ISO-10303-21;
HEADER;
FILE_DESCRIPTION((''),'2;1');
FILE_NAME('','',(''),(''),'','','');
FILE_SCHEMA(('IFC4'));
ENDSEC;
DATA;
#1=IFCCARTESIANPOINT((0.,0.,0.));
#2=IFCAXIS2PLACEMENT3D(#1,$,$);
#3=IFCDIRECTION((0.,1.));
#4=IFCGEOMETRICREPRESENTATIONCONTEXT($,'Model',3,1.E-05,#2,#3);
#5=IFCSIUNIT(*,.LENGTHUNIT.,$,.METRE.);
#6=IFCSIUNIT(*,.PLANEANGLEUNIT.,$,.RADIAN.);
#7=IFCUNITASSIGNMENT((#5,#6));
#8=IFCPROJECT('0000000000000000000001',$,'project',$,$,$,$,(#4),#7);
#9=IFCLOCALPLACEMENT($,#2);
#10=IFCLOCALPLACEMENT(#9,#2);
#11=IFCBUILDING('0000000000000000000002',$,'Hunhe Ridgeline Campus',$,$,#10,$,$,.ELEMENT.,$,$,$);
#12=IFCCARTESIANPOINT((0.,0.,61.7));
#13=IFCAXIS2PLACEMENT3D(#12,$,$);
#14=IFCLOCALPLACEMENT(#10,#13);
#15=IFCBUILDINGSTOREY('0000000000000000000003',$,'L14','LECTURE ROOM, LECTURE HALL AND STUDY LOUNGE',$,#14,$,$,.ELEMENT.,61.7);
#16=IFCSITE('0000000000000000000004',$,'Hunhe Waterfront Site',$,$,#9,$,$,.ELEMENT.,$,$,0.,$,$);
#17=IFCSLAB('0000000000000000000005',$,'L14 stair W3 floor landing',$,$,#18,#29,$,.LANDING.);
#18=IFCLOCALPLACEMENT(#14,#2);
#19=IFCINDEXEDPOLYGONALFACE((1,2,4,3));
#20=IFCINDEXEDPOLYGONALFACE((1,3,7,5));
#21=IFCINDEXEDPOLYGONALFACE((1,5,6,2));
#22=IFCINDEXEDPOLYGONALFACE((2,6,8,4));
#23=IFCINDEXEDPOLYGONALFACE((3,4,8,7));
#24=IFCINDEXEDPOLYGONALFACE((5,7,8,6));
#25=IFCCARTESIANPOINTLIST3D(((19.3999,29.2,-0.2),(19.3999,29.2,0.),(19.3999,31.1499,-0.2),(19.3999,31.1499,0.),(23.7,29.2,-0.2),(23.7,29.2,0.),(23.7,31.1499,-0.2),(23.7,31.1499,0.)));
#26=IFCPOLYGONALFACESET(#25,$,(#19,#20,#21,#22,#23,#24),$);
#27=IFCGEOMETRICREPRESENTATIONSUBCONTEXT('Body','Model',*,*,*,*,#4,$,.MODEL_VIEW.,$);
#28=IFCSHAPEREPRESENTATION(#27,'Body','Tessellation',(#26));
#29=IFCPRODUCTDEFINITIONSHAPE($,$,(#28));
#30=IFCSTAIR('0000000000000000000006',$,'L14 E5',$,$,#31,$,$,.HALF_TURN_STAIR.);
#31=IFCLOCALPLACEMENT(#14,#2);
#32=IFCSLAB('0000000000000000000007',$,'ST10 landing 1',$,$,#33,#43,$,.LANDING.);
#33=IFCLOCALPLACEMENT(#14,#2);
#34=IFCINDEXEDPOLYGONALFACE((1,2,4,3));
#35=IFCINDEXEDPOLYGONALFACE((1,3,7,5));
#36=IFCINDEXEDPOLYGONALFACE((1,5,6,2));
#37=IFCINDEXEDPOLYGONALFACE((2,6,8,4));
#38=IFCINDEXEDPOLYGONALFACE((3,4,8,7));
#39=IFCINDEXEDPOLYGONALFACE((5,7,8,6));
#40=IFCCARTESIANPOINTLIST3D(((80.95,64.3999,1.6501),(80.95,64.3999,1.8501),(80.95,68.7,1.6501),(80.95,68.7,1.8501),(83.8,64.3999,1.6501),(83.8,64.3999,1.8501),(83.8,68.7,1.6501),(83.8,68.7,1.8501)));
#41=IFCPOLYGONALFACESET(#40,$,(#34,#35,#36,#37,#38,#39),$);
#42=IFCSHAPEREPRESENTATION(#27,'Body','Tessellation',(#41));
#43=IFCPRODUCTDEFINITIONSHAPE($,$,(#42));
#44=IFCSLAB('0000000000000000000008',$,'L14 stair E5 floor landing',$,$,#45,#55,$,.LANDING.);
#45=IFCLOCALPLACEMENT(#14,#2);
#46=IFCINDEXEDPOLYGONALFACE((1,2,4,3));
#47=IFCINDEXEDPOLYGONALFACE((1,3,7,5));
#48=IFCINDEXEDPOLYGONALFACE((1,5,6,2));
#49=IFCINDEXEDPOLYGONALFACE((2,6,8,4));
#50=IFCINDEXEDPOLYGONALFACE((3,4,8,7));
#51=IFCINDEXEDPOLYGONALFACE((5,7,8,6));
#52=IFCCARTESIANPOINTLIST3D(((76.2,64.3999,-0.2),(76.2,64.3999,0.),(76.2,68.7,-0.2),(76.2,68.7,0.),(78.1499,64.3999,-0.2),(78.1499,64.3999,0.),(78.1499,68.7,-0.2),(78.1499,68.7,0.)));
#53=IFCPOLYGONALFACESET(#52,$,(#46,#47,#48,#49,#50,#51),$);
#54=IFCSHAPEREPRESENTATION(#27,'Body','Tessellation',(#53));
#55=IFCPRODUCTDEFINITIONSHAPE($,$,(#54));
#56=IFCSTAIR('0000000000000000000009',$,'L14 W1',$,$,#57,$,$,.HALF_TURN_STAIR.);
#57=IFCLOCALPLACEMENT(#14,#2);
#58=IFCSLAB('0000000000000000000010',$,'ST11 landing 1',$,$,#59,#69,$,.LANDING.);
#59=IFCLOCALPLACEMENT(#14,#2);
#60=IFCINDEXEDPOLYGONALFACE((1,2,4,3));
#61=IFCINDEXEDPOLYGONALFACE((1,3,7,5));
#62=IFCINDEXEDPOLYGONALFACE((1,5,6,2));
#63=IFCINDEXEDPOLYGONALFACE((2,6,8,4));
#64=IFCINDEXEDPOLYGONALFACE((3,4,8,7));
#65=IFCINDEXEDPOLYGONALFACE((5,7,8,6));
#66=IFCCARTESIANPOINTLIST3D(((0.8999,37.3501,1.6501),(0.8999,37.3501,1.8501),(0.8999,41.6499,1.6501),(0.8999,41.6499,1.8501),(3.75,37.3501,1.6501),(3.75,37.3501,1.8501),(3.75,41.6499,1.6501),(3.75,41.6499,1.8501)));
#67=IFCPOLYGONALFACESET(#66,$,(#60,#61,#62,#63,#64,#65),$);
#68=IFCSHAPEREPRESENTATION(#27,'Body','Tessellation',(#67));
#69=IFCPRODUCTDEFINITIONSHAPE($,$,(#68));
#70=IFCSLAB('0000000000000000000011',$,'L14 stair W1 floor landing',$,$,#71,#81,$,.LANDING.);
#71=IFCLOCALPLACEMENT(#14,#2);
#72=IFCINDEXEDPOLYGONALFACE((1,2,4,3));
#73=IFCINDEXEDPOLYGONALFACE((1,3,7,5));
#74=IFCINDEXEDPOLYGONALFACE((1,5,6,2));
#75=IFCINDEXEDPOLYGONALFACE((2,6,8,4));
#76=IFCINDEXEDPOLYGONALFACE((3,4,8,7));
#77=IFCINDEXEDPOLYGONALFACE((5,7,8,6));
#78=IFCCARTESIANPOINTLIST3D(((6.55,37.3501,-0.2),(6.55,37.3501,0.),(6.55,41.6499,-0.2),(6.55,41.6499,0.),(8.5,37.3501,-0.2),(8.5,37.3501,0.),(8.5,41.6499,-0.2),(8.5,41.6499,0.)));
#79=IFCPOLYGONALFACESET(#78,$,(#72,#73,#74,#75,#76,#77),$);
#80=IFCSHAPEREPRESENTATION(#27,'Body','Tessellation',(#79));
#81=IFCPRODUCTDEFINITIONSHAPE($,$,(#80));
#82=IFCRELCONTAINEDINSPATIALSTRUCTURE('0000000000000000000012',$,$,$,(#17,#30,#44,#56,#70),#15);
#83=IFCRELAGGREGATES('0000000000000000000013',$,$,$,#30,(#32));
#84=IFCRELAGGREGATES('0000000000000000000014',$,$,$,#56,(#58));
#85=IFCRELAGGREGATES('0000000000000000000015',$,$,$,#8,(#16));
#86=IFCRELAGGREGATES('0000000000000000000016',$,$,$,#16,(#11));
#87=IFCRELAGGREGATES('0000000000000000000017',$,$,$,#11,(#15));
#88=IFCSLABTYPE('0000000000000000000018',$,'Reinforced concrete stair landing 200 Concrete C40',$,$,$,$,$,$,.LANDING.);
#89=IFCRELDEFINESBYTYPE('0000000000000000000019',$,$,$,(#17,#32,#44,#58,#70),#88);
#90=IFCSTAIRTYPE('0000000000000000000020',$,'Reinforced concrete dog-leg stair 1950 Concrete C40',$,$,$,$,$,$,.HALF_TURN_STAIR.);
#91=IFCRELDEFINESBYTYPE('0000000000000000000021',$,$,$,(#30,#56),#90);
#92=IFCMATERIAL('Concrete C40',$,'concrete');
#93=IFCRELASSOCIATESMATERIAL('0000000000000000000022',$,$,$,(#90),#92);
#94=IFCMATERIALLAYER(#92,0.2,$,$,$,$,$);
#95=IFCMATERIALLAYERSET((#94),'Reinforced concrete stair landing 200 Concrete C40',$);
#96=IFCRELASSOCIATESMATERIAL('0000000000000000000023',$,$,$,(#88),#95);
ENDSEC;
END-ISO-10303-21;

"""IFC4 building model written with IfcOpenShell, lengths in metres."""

from ifc_helpers import new_model, si_unit, direction, frame, origin, place, context, subcontext, project, spatial, polyline, outline, extrude, material, layer, layer_set, type_object, element, aggregate, save


model = new_model("IFC4")

# Units and contexts
model_context = context("Model", 3, precision=1e-05, world=origin(), true_north=direction((0.0, 1.0)))
body_context = subcontext(model_context, "Body", "Model", "MODEL_VIEW")
ifc_project = project(units=[si_unit("LENGTHUNIT", "METRE"), si_unit("PLANEANGLEUNIT", "RADIAN")], contexts=[model_context])

# Site, building, storey
site_placement = place(None, origin())
site = spatial("IfcSite", under=ifc_project, at=site_placement, Name="Hunhe Waterfront Site", CompositionType="ELEMENT", RefElevation=0.0)
building_placement = place(site_placement, origin())
building = spatial("IfcBuilding", under=site, at=building_placement, Name="Hunhe Ridgeline Campus", CompositionType="ELEMENT")
storey_placement = place(building_placement, frame((0.0, 0.0, 61.7)))
storey = spatial("IfcBuildingStorey", under=building, at=storey_placement, Name="L14", Description="LECTURE ROOM, LECTURE HALL AND STUDY LOUNGE", CompositionType="ELEMENT", Elevation=61.7)

# Shared definitions
ifc_material_1 = material(Name="Concrete C40", Category="concrete")

# Shared definitions
stair_type = type_object("IfcStairType", Name="Reinforced concrete dog-leg stair 1950 Concrete C40", PredefinedType="HALF_TURN_STAIR", material=ifc_material_1)
ifc_layer_1 = layer(ifc_material_1, 0.2)
ifc_layer_set_1 = layer_set([ifc_layer_1], Name="Reinforced concrete stair landing 200 Concrete C40")
slab_type_1 = type_object("IfcSlabType", Name="Reinforced concrete stair landing 200 Concrete C40", PredefinedType="LANDING", material=ifc_layer_set_1)

# Slab
slab_1_placement = place(storey_placement, frame((0.0, 0.0, -0.2)))
element("IfcSlab", 1, at=slab_1_placement, inside=storey, type_object=slab_type_1, Name="L14 stair W3 floor landing", PredefinedType="LANDING", context=body_context, shape_type="SweptSolid", body=[
    extrude(outline(polyline([(23.7, 29.2), (23.7, 31.1499), (19.3999, 31.1499), (19.3999, 29.2), (23.7, 29.2)])), origin(), (0.0, 0.0, 1.0), 0.2),
])

# Stair, slab
stair_1_placement = place(storey_placement, origin())
stair_1 = element("IfcStair", 2, at=stair_1_placement, inside=storey, type_object=stair_type, Name="L14 E5", PredefinedType="HALF_TURN_STAIR")
slab_2_placement = place(storey_placement, frame((0.0, 0.0, 1.6501)))
slab_2 = element("IfcSlab", 3, at=slab_2_placement, type_object=slab_type_1, Name="ST10 landing 1", PredefinedType="LANDING", context=body_context, shape_type="SweptSolid", body=[
    extrude(outline(polyline([(80.95, 64.3999), (83.8, 64.3999), (83.8, 68.7), (80.95, 68.7), (80.95, 64.3999)])), origin(), (0.0, 0.0, 1.0), 0.2),
])
aggregate(stair_1, [slab_2])

# Slab
slab_3_placement = place(storey_placement, frame((0.0, 0.0, -0.2)))
element("IfcSlab", 4, at=slab_3_placement, inside=storey, type_object=slab_type_1, Name="L14 stair E5 floor landing", PredefinedType="LANDING", context=body_context, shape_type="SweptSolid", body=[
    extrude(outline(polyline([(76.2, 64.3999), (78.1499, 64.3999), (78.1499, 68.7), (76.2, 68.7), (76.2, 64.3999)])), origin(), (0.0, 0.0, 1.0), 0.2),
])

# Stair, slab
stair_2_placement = place(storey_placement, origin())
stair_2 = element("IfcStair", 5, at=stair_2_placement, inside=storey, type_object=stair_type, Name="L14 W1", PredefinedType="HALF_TURN_STAIR")
slab_4_placement = place(storey_placement, frame((0.0, 0.0, 1.6501)))
slab_4 = element("IfcSlab", 6, at=slab_4_placement, type_object=slab_type_1, Name="ST11 landing 1", PredefinedType="LANDING", context=body_context, shape_type="SweptSolid", body=[
    extrude(outline(polyline([(3.75, 41.6499), (0.8999, 41.6499), (0.8999, 37.3501), (3.75, 37.3501), (3.75, 41.6499)])), origin(), (0.0, 0.0, 1.0), 0.2),
])
aggregate(stair_2, [slab_4])

# Slab
slab_5_placement = place(storey_placement, frame((0.0, 0.0, -0.2)))
element("IfcSlab", 7, at=slab_5_placement, inside=storey, type_object=slab_type_1, Name="L14 stair W1 floor landing", PredefinedType="LANDING", context=body_context, shape_type="SweptSolid", body=[
    extrude(outline(polyline([(8.5, 41.6499), (6.55, 41.6499), (6.55, 37.3501), (8.5, 37.3501), (8.5, 41.6499)])), origin(), (0.0, 0.0, 1.0), 0.2),
])

save(model, "model.ifc")
